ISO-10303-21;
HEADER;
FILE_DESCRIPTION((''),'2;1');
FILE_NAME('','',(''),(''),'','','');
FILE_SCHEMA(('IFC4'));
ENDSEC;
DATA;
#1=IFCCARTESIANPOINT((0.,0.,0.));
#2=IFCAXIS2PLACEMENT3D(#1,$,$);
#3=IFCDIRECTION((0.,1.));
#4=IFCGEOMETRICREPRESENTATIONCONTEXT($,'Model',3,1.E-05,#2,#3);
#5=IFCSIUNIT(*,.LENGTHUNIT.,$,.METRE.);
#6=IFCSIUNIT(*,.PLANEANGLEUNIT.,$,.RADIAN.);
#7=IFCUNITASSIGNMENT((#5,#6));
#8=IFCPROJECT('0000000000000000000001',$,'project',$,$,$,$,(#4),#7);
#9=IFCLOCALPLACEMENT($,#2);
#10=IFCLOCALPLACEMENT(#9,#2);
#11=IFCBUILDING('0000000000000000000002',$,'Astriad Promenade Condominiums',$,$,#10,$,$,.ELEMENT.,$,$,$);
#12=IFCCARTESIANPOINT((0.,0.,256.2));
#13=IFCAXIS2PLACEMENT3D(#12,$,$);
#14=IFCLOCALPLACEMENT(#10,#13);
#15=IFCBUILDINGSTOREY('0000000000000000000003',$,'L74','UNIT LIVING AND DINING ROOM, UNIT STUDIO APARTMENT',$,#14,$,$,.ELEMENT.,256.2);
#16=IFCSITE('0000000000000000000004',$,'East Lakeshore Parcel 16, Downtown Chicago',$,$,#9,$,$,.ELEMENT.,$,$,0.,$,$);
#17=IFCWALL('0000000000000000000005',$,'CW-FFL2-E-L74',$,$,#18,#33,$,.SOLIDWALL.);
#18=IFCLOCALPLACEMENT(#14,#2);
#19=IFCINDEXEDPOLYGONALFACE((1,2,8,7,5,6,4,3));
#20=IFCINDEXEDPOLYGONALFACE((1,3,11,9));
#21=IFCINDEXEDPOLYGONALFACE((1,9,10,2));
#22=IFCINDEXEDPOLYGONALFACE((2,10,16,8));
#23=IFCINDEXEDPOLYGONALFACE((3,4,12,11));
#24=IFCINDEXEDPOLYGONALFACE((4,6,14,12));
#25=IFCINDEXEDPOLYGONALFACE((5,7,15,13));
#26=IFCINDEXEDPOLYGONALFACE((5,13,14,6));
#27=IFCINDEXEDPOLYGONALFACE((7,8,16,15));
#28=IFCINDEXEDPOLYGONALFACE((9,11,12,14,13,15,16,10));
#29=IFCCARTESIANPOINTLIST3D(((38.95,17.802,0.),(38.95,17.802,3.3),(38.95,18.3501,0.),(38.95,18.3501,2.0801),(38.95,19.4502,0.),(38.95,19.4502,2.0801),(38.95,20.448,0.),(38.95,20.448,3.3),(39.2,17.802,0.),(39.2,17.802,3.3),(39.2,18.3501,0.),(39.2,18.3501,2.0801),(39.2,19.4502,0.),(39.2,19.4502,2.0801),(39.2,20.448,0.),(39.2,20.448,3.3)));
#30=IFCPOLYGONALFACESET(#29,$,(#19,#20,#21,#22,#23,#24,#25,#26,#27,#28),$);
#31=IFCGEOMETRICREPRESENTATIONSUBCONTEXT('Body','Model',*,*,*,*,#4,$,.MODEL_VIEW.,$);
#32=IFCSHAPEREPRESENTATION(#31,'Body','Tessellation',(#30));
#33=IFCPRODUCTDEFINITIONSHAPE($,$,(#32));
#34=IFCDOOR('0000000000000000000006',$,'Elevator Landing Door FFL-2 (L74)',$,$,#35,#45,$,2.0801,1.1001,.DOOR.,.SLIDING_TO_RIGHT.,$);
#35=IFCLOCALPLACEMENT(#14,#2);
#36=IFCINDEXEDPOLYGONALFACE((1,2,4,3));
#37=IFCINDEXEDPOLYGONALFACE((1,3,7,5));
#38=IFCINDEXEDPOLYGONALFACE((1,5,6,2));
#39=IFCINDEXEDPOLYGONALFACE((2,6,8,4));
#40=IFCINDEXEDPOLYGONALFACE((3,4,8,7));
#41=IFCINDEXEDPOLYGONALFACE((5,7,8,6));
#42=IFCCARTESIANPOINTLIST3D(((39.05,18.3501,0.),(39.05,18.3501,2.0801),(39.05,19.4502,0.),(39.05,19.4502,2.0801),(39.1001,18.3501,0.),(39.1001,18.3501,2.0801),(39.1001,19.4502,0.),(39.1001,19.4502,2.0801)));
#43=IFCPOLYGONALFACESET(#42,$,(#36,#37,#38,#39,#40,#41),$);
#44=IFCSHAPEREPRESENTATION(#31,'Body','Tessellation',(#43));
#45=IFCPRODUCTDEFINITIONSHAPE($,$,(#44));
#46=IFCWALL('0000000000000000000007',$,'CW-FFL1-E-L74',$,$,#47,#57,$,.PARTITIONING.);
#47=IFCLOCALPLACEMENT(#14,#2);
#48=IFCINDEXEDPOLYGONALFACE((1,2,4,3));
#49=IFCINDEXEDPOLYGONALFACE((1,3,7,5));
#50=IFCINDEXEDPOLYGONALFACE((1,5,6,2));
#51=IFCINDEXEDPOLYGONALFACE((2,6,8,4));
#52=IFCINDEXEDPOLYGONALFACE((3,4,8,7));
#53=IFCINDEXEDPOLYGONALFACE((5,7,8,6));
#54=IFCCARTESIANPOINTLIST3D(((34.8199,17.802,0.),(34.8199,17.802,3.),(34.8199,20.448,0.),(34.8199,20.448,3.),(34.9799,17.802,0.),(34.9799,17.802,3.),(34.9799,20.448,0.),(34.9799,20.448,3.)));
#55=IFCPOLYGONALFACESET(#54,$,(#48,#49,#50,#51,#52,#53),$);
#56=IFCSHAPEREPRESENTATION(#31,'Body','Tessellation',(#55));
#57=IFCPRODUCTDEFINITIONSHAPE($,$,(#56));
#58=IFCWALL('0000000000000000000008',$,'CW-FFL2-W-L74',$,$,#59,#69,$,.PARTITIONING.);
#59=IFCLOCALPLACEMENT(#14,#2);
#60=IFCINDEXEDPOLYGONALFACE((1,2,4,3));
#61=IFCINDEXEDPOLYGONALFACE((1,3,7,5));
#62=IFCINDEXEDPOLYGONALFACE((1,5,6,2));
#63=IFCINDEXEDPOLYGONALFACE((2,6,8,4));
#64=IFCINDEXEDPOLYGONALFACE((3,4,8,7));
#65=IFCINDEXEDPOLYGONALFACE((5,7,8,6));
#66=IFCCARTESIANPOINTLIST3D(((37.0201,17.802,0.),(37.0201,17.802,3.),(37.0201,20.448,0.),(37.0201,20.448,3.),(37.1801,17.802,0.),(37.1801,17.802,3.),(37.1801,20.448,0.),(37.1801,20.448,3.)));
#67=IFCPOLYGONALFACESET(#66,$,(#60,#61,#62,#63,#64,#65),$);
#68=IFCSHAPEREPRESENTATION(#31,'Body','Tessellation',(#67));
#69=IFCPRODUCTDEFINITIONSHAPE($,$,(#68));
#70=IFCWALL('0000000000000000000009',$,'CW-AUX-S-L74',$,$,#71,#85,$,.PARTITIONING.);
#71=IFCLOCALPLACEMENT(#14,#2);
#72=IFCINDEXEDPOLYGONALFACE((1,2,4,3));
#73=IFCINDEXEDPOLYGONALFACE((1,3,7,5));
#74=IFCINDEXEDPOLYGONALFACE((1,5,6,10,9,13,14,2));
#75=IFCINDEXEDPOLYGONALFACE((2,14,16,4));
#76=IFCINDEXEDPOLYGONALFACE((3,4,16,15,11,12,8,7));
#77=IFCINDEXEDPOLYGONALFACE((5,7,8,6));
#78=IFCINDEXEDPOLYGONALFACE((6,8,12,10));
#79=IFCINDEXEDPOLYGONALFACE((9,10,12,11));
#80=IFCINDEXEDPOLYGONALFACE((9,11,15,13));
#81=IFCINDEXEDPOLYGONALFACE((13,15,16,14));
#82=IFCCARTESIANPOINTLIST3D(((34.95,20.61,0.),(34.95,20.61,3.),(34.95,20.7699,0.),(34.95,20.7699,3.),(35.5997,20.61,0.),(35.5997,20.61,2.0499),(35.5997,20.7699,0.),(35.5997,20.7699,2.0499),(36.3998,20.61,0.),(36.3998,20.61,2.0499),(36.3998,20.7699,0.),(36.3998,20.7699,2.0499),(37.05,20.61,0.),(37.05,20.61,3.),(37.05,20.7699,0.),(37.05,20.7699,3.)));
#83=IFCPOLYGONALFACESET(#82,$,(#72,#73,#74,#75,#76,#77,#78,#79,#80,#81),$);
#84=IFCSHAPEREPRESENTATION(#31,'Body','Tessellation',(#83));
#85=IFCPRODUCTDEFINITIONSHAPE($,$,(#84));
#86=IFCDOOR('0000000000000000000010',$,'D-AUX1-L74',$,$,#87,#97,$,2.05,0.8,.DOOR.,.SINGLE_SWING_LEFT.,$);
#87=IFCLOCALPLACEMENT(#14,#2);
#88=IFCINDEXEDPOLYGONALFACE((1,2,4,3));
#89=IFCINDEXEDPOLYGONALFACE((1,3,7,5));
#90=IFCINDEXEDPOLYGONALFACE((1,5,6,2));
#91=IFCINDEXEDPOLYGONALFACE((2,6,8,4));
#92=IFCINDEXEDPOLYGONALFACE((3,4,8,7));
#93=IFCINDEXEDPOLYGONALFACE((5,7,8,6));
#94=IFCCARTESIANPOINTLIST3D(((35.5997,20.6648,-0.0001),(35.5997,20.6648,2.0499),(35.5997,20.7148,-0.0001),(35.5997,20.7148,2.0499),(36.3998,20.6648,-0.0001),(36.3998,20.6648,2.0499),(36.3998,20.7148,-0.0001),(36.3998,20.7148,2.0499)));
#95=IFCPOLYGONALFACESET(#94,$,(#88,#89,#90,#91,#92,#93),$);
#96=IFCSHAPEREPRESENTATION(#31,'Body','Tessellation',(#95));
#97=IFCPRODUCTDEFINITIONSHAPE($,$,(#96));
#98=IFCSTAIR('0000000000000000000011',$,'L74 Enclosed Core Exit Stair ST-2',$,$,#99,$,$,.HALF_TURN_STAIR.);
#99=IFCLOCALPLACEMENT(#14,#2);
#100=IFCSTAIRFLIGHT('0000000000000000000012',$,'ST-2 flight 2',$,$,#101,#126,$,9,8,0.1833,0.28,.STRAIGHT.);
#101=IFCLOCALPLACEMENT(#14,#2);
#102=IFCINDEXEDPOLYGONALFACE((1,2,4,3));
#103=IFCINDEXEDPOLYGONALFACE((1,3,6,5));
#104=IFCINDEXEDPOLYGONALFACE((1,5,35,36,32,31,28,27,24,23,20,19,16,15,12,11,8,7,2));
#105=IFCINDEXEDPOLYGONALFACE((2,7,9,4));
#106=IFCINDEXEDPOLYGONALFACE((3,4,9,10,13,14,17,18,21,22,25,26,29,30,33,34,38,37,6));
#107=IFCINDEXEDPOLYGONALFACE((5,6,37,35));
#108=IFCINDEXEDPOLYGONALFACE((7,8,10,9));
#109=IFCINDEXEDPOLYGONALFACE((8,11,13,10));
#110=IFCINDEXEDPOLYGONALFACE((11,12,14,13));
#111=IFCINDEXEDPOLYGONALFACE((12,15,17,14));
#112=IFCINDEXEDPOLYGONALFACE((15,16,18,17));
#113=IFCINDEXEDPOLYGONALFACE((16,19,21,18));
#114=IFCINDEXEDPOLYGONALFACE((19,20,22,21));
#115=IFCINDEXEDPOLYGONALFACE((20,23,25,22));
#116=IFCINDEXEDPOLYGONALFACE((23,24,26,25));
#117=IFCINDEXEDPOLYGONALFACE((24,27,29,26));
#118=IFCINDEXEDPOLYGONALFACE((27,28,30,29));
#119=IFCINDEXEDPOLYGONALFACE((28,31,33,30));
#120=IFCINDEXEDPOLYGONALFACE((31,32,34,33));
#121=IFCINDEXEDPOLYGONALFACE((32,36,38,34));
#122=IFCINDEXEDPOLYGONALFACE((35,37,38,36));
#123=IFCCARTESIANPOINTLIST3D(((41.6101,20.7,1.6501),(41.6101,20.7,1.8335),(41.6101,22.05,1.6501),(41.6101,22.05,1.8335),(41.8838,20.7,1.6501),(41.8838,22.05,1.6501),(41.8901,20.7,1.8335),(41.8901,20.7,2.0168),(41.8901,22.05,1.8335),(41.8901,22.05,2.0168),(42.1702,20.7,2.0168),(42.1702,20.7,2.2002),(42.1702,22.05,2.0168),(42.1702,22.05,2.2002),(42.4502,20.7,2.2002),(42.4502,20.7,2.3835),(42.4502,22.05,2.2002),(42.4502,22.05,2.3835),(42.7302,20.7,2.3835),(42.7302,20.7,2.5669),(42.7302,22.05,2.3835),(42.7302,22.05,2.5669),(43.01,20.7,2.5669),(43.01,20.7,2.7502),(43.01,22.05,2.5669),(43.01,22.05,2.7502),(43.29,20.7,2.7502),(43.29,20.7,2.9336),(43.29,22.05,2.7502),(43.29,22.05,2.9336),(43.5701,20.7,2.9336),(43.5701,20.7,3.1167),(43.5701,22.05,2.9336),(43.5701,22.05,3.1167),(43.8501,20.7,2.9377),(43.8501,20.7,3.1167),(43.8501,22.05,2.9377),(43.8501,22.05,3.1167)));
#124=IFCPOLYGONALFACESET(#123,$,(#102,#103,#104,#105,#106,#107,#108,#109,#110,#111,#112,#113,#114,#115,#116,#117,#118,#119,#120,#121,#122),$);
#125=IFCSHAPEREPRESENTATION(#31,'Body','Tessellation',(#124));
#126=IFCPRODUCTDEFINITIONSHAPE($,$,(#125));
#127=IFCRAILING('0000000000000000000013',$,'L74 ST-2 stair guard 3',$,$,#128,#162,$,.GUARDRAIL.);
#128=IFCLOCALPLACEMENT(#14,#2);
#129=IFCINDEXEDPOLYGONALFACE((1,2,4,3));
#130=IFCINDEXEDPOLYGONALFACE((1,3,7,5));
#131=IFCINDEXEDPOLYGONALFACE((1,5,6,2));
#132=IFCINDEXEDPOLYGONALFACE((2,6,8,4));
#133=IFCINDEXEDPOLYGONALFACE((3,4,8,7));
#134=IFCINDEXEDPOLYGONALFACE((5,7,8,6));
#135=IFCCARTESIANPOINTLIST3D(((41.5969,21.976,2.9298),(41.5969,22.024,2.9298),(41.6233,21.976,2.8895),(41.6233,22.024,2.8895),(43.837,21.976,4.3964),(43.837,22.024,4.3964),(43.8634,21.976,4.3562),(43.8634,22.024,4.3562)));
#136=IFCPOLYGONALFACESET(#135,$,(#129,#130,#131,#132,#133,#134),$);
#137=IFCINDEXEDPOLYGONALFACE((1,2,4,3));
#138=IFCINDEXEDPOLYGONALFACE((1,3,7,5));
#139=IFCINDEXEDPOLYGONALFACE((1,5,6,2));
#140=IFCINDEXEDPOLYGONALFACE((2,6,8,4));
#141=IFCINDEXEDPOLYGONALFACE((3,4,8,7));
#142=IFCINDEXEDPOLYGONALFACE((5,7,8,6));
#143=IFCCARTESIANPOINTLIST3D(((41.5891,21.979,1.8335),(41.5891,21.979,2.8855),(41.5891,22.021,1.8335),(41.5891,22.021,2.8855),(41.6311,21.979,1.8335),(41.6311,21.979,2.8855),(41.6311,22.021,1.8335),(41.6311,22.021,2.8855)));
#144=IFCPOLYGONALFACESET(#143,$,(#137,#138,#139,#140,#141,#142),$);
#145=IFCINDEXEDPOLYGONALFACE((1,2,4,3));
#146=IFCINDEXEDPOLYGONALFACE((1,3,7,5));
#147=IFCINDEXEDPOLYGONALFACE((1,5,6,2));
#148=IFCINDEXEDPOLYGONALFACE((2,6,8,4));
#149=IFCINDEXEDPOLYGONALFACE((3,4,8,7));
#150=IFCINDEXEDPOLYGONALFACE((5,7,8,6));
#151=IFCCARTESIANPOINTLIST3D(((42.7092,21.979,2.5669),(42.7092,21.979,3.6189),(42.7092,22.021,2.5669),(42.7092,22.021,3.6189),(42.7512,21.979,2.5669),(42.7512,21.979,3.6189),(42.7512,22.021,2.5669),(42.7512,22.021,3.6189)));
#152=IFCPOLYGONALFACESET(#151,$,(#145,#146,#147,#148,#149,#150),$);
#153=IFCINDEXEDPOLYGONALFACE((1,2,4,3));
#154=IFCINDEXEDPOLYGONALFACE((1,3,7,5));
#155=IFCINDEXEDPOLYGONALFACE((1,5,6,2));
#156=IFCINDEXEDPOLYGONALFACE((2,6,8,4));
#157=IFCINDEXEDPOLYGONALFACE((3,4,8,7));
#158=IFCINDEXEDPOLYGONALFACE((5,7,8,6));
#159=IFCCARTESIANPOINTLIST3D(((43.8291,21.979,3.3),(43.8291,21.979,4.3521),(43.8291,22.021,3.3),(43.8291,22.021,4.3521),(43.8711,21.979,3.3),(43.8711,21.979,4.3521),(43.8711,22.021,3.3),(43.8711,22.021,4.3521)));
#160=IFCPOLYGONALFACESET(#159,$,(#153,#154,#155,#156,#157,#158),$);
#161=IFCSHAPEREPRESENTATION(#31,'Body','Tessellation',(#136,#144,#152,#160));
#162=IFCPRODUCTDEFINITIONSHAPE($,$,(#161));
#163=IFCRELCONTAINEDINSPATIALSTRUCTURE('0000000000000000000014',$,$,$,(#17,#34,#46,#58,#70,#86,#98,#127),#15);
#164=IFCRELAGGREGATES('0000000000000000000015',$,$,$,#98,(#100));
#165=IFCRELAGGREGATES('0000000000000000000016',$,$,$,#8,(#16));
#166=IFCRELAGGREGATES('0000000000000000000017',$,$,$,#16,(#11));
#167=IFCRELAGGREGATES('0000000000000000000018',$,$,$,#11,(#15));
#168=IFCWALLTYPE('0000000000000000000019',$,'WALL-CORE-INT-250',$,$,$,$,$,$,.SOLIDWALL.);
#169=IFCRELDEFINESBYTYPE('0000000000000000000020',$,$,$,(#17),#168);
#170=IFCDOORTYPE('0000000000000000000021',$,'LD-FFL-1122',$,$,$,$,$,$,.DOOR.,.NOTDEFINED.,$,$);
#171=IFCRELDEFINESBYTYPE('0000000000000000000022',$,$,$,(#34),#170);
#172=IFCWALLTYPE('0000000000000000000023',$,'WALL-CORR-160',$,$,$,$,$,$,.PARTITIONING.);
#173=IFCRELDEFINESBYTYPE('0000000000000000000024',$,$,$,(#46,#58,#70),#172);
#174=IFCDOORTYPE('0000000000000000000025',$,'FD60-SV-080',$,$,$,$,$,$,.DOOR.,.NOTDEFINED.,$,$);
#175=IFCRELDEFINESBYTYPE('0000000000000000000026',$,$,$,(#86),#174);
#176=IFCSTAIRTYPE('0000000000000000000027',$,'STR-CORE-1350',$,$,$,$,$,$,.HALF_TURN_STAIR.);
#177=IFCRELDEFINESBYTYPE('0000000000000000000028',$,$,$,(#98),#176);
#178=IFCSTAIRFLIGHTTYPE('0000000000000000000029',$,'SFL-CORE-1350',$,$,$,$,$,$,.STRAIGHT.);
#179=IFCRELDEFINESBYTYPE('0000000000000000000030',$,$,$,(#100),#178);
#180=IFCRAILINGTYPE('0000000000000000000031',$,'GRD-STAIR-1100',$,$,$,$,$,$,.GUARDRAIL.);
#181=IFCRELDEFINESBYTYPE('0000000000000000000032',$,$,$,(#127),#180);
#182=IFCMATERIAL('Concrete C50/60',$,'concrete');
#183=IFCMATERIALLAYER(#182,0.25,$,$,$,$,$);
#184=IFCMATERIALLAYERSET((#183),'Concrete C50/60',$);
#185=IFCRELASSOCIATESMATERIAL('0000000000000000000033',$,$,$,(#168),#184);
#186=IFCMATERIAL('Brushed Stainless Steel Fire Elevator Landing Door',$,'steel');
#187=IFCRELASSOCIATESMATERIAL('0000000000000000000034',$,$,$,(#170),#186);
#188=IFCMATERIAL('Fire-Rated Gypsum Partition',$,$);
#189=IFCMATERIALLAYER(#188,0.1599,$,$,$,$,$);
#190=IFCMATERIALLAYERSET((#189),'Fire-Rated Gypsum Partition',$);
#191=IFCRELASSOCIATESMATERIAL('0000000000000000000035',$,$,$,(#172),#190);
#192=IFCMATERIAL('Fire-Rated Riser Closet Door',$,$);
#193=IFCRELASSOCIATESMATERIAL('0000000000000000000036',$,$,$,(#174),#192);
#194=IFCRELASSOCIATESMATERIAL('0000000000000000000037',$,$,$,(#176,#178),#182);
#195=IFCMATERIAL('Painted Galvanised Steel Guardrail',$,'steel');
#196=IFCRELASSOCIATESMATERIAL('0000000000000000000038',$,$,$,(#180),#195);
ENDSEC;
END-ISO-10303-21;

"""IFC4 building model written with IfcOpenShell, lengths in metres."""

from ifc_helpers import new_model, si_unit, direction, frame, frame_2d, origin, origin_2d, place, context, subcontext, project, spatial, polyline, rectangle, outline, extrude, source, transform, mapped, material, layer, layer_set, type_object, type_shapes, element, fill, aggregate, save


model = new_model("IFC4")

# Units and contexts
model_context = context("Model", 3, precision=1e-05, world=origin(), true_north=direction((0.0, 1.0)))
body_context = subcontext(model_context, "Body", "Model", "MODEL_VIEW")
ifc_project = project(units=[si_unit("LENGTHUNIT", "METRE"), si_unit("PLANEANGLEUNIT", "RADIAN")], contexts=[model_context])

# Site, building, storey
site_placement = place(None, origin())
site = spatial("IfcSite", under=ifc_project, at=site_placement, Name="East Lakeshore Parcel 16, Downtown Chicago", CompositionType="ELEMENT", RefElevation=0.0)
building_placement = place(site_placement, origin())
building = spatial("IfcBuilding", under=site, at=building_placement, Name="Astriad Promenade Condominiums", CompositionType="ELEMENT")
storey_placement = place(building_placement, frame((0.0, 0.0, 256.2)))
storey = spatial("IfcBuildingStorey", under=building, at=storey_placement, Name="L74", Description="UNIT LIVING AND DINING ROOM, UNIT STUDIO APARTMENT", CompositionType="ELEMENT", Elevation=256.2)

# Shared definitions
ifc_material_1 = material(Name="Concrete C50/60", Category="concrete")
ifc_layer_1 = layer(ifc_material_1, 0.25)
ifc_layer_set_1 = layer_set([ifc_layer_1], Name="Concrete C50/60")
wall_type_1 = type_object("IfcWallType", Name="WALL-CORE-INT-250", PredefinedType="SOLIDWALL", material=ifc_layer_set_1)

# Wall, opening, door
ifc_material_2 = material(Name="Brushed Stainless Steel Fire Elevator Landing Door", Category="steel")
door_type_1 = type_object("IfcDoorType", Name="LD-FFL-1122", OperationType="NOTDEFINED", PredefinedType="DOOR", material=ifc_material_2)
shared_shape_1 = source(origin(), body_context, "Body", "SweptSolid", [
    extrude(rectangle(XDim=1.1001, YDim=2.0801, at=frame_2d((0.55, 1.04))), frame((0.0, 0.0249, 0.0), z_axis=(0.0, -1.0, 0.0), x_axis=(1.0, 0.0, 0.0)), (0.0, 0.0, 1.0), 0.05),
])
type_shapes(door_type_1, [shared_shape_1])
wall_1_placement = place(storey_placement, frame((39.075, 17.802, 0.0), z_axis=(0.0, 0.0, 1.0), x_axis=(0.0, 1.0, 0.0)))
wall_1 = element("IfcWall", 1, at=wall_1_placement, inside=storey, type_object=wall_type_1, Name="CW-FFL2-E-L74", PredefinedType="SOLIDWALL", context=body_context, shape_type="SweptSolid", body=[
    extrude(rectangle(XDim=2.646, YDim=0.25, at=frame_2d((1.323, 0.0))), origin(), (0.0, 0.0, 1.0), 3.3),
])
opening_1_placement = place(wall_1_placement, frame((0.5481, 0.0, 0.0)))
opening_1 = element("IfcOpeningElement", 2, at=opening_1_placement, cuts=wall_1, PredefinedType="OPENING", context=body_context, shape_type="SweptSolid", body=[
    extrude(rectangle(XDim=1.1001, YDim=2.0801, at=frame_2d((0.55, 1.04))), frame((0.0, 0.135, 0.0), z_axis=(0.0, -1.0, 0.0), x_axis=(1.0, 0.0, 0.0)), (0.0, 0.0, 1.0), 0.27),
])
door_1_placement = place(opening_1_placement, origin())
door_1 = element("IfcDoor", 3, at=door_1_placement, inside=storey, type_object=door_type_1, Name="Elevator Landing Door FFL-2 (L74)", OperationType="SLIDING_TO_RIGHT", OverallHeight=2.0801, OverallWidth=1.1001, PredefinedType="DOOR", context=body_context, shape_type="MappedRepresentation", body=[
    mapped(shared_shape_1, transform((0.0, 0.0, 0.0), scale=1.0)),
])
fill(opening_1, door_1)

# Walls
ifc_material_3 = material(Name="Fire-Rated Gypsum Partition")
ifc_layer_2 = layer(ifc_material_3, 0.1599)
ifc_layer_set_2 = layer_set([ifc_layer_2], Name="Fire-Rated Gypsum Partition")
wall_type_2 = type_object("IfcWallType", Name="WALL-CORR-160", PredefinedType="PARTITIONING", material=ifc_layer_set_2)
for number, where, z_axis, x_axis, name in (
    (4, (34.8999, 17.802, 0.0), (0.0, 0.0, 1.0), (0.0, 1.0, 0.0), "CW-FFL1-E-L74"),
    (5, (37.1001, 17.802, 0.0), (0.0, 0.0, 1.0), (0.0, 1.0, 0.0), "CW-FFL2-W-L74"),
):
    element("IfcWall", number, at=place(storey_placement, frame(where, z_axis=z_axis, x_axis=x_axis)), inside=storey, type_object=wall_type_2, Name=name, PredefinedType="PARTITIONING", context=body_context, shape_type="SweptSolid", body=[
        extrude(rectangle(XDim=2.646, YDim=0.1599, at=frame_2d((1.323, 0.0))), origin(), (0.0, 0.0, 1.0), 3.0),
    ])

# Wall, opening, door
wall_2_placement = place(storey_placement, frame((34.95, 20.6899, 0.0), z_axis=(0.0, 0.0, 1.0), x_axis=(1.0, 0.0, 0.0)))
wall_2 = element("IfcWall", 6, at=wall_2_placement, inside=storey, type_object=wall_type_2, Name="CW-AUX-S-L74", PredefinedType="PARTITIONING", context=body_context, shape_type="SweptSolid", body=[
    extrude(rectangle(XDim=2.1001, YDim=0.1599, at=frame_2d((1.05, 0.0))), origin(), (0.0, 0.0, 1.0), 3.0),
])
opening_2_placement = place(wall_2_placement, frame((0.6499, 0.0, 0.0)))
opening_2 = element("IfcOpeningElement", 7, at=opening_2_placement, cuts=wall_2, PredefinedType="OPENING", context=body_context, shape_type="SweptSolid", body=[
    extrude(rectangle(XDim=0.8, YDim=2.05, at=frame_2d((0.3999, 1.0249))), frame((0.0, 0.0898, 0.0), z_axis=(0.0, -1.0, 0.0), x_axis=(1.0, 0.0, 0.0)), (0.0, 0.0, 1.0), 0.1799),
])
ifc_material_4 = material(Name="Fire-Rated Riser Closet Door")
door_type_2 = type_object("IfcDoorType", Name="FD60-SV-080", OperationType="NOTDEFINED", PredefinedType="DOOR", material=ifc_material_4)
shared_shape_2 = source(origin(), body_context, "Body", "SweptSolid", [
    extrude(rectangle(XDim=0.8, YDim=2.05, at=frame_2d((0.3999, 1.0249))), frame((0.0, 0.0249, 0.0), z_axis=(0.0, -1.0, 0.0), x_axis=(1.0, 0.0, 0.0)), (0.0, 0.0, 1.0), 0.05),
])
type_shapes(door_type_2, [shared_shape_2])
door_2_placement = place(opening_2_placement, origin())
door_2 = element("IfcDoor", 8, at=door_2_placement, inside=storey, type_object=door_type_2, Name="D-AUX1-L74", OperationType="SINGLE_SWING_LEFT", OverallHeight=2.05, OverallWidth=0.8, PredefinedType="DOOR", context=body_context, shape_type="MappedRepresentation", body=[
    mapped(shared_shape_2, transform((0.0, 0.0, 0.0), scale=1.0)),
])
fill(opening_2, door_2)

# Stair, stair flight
stair_type = type_object("IfcStairType", Name="STR-CORE-1350", PredefinedType="HALF_TURN_STAIR", material=ifc_material_1)
stair_placement = place(storey_placement, origin())
stair = element("IfcStair", 9, at=stair_placement, inside=storey, type_object=stair_type, Name="L74 Enclosed Core Exit Stair ST-2", PredefinedType="HALF_TURN_STAIR")
stair_flight_type = type_object("IfcStairFlightType", Name="SFL-CORE-1350", PredefinedType="STRAIGHT", material=ifc_material_1)
shared_shape_3 = source(origin(), body_context, "Body", "SweptSolid", [
    extrude(outline(polyline([(0.0, 0.0), (0.0, 0.1833), (0.28, 0.1833), (0.28, 0.3667), (0.5601, 0.3667), (0.5601, 0.55), (0.8401, 0.55), (0.8401, 0.7334), (1.1201, 0.7334), (1.1201, 0.9167), (1.3999, 0.9167), (1.3999, 1.1001), (1.6799, 1.1001), (1.6799, 1.2834), (1.96, 1.2834), (1.96, 1.4666), (2.24, 1.4666), (2.24, 1.6499), (2.24, 1.2876), (0.2737, 0.0), (0.0, 0.0)])), frame((0.0, 0.675, 0.0), z_axis=(0.0, -1.0, 0.0), x_axis=(1.0, 0.0, 0.0)), (0.0, 0.0, 1.0), 1.3501),
])
type_shapes(stair_flight_type, [shared_shape_3])
stair_flight_placement = place(storey_placement, frame((41.6101, 21.375, 1.6501), z_axis=(0.0, 0.0, 1.0), x_axis=(1.0, 0.0, 0.0)))
stair_flight = element("IfcStairFlight", 10, at=stair_flight_placement, type_object=stair_flight_type, Name="ST-2 flight 2", NumberOfRisers=9, NumberOfTreads=8, PredefinedType="STRAIGHT", RiserHeight=0.1833, TreadLength=0.28, context=body_context, shape_type="MappedRepresentation", body=[
    mapped(shared_shape_3, transform((0.0, 0.0, 0.0), scale=1.0)),
])
aggregate(stair, [stair_flight])

# Railing
ifc_material_5 = material(Name="Painted Galvanised Steel Guardrail", Category="steel")
railing_type_1 = type_object("IfcRailingType", Name="GRD-STAIR-1100", PredefinedType="GUARDRAIL", material=ifc_material_5)
shared_shape_4 = source(origin(), body_context, "Body", "SweptSolid", [
    extrude(rectangle(XDim=0.0481, YDim=0.0481, at=origin_2d()), frame((0.0, 0.0, 1.0762), z_axis=(0.836637, 0.0, 0.547758), x_axis=(0.0, 1.0, 0.0)), (0.0, 0.0, 1.0), 2.6775),
    extrude(rectangle(XDim=0.042, YDim=0.042, at=origin_2d()), origin(), (0.0, 0.0, 1.0), 1.052),
    extrude(rectangle(XDim=0.042, YDim=0.042, at=origin_2d()), frame((1.1201, 0.0, 0.7334)), (0.0, 0.0, 1.0), 1.052),
    extrude(rectangle(XDim=0.042, YDim=0.042, at=origin_2d()), frame((2.24, 0.0, 1.4666)), (0.0, 0.0, 1.0), 1.052),
])
railing_1_placement = place(storey_placement, frame((41.6101, 22.0, 1.8335)))
element("IfcRailing", 11, at=railing_1_placement, inside=storey, type_object=railing_type_1, Name="L74 ST-2 stair guard 3", PredefinedType="GUARDRAIL", context=body_context, shape_type="MappedRepresentation", body=[
    mapped(shared_shape_4, transform((0.0, 0.0, 0.0), scale=1.0)),
])

save(model, "model.ifc")
